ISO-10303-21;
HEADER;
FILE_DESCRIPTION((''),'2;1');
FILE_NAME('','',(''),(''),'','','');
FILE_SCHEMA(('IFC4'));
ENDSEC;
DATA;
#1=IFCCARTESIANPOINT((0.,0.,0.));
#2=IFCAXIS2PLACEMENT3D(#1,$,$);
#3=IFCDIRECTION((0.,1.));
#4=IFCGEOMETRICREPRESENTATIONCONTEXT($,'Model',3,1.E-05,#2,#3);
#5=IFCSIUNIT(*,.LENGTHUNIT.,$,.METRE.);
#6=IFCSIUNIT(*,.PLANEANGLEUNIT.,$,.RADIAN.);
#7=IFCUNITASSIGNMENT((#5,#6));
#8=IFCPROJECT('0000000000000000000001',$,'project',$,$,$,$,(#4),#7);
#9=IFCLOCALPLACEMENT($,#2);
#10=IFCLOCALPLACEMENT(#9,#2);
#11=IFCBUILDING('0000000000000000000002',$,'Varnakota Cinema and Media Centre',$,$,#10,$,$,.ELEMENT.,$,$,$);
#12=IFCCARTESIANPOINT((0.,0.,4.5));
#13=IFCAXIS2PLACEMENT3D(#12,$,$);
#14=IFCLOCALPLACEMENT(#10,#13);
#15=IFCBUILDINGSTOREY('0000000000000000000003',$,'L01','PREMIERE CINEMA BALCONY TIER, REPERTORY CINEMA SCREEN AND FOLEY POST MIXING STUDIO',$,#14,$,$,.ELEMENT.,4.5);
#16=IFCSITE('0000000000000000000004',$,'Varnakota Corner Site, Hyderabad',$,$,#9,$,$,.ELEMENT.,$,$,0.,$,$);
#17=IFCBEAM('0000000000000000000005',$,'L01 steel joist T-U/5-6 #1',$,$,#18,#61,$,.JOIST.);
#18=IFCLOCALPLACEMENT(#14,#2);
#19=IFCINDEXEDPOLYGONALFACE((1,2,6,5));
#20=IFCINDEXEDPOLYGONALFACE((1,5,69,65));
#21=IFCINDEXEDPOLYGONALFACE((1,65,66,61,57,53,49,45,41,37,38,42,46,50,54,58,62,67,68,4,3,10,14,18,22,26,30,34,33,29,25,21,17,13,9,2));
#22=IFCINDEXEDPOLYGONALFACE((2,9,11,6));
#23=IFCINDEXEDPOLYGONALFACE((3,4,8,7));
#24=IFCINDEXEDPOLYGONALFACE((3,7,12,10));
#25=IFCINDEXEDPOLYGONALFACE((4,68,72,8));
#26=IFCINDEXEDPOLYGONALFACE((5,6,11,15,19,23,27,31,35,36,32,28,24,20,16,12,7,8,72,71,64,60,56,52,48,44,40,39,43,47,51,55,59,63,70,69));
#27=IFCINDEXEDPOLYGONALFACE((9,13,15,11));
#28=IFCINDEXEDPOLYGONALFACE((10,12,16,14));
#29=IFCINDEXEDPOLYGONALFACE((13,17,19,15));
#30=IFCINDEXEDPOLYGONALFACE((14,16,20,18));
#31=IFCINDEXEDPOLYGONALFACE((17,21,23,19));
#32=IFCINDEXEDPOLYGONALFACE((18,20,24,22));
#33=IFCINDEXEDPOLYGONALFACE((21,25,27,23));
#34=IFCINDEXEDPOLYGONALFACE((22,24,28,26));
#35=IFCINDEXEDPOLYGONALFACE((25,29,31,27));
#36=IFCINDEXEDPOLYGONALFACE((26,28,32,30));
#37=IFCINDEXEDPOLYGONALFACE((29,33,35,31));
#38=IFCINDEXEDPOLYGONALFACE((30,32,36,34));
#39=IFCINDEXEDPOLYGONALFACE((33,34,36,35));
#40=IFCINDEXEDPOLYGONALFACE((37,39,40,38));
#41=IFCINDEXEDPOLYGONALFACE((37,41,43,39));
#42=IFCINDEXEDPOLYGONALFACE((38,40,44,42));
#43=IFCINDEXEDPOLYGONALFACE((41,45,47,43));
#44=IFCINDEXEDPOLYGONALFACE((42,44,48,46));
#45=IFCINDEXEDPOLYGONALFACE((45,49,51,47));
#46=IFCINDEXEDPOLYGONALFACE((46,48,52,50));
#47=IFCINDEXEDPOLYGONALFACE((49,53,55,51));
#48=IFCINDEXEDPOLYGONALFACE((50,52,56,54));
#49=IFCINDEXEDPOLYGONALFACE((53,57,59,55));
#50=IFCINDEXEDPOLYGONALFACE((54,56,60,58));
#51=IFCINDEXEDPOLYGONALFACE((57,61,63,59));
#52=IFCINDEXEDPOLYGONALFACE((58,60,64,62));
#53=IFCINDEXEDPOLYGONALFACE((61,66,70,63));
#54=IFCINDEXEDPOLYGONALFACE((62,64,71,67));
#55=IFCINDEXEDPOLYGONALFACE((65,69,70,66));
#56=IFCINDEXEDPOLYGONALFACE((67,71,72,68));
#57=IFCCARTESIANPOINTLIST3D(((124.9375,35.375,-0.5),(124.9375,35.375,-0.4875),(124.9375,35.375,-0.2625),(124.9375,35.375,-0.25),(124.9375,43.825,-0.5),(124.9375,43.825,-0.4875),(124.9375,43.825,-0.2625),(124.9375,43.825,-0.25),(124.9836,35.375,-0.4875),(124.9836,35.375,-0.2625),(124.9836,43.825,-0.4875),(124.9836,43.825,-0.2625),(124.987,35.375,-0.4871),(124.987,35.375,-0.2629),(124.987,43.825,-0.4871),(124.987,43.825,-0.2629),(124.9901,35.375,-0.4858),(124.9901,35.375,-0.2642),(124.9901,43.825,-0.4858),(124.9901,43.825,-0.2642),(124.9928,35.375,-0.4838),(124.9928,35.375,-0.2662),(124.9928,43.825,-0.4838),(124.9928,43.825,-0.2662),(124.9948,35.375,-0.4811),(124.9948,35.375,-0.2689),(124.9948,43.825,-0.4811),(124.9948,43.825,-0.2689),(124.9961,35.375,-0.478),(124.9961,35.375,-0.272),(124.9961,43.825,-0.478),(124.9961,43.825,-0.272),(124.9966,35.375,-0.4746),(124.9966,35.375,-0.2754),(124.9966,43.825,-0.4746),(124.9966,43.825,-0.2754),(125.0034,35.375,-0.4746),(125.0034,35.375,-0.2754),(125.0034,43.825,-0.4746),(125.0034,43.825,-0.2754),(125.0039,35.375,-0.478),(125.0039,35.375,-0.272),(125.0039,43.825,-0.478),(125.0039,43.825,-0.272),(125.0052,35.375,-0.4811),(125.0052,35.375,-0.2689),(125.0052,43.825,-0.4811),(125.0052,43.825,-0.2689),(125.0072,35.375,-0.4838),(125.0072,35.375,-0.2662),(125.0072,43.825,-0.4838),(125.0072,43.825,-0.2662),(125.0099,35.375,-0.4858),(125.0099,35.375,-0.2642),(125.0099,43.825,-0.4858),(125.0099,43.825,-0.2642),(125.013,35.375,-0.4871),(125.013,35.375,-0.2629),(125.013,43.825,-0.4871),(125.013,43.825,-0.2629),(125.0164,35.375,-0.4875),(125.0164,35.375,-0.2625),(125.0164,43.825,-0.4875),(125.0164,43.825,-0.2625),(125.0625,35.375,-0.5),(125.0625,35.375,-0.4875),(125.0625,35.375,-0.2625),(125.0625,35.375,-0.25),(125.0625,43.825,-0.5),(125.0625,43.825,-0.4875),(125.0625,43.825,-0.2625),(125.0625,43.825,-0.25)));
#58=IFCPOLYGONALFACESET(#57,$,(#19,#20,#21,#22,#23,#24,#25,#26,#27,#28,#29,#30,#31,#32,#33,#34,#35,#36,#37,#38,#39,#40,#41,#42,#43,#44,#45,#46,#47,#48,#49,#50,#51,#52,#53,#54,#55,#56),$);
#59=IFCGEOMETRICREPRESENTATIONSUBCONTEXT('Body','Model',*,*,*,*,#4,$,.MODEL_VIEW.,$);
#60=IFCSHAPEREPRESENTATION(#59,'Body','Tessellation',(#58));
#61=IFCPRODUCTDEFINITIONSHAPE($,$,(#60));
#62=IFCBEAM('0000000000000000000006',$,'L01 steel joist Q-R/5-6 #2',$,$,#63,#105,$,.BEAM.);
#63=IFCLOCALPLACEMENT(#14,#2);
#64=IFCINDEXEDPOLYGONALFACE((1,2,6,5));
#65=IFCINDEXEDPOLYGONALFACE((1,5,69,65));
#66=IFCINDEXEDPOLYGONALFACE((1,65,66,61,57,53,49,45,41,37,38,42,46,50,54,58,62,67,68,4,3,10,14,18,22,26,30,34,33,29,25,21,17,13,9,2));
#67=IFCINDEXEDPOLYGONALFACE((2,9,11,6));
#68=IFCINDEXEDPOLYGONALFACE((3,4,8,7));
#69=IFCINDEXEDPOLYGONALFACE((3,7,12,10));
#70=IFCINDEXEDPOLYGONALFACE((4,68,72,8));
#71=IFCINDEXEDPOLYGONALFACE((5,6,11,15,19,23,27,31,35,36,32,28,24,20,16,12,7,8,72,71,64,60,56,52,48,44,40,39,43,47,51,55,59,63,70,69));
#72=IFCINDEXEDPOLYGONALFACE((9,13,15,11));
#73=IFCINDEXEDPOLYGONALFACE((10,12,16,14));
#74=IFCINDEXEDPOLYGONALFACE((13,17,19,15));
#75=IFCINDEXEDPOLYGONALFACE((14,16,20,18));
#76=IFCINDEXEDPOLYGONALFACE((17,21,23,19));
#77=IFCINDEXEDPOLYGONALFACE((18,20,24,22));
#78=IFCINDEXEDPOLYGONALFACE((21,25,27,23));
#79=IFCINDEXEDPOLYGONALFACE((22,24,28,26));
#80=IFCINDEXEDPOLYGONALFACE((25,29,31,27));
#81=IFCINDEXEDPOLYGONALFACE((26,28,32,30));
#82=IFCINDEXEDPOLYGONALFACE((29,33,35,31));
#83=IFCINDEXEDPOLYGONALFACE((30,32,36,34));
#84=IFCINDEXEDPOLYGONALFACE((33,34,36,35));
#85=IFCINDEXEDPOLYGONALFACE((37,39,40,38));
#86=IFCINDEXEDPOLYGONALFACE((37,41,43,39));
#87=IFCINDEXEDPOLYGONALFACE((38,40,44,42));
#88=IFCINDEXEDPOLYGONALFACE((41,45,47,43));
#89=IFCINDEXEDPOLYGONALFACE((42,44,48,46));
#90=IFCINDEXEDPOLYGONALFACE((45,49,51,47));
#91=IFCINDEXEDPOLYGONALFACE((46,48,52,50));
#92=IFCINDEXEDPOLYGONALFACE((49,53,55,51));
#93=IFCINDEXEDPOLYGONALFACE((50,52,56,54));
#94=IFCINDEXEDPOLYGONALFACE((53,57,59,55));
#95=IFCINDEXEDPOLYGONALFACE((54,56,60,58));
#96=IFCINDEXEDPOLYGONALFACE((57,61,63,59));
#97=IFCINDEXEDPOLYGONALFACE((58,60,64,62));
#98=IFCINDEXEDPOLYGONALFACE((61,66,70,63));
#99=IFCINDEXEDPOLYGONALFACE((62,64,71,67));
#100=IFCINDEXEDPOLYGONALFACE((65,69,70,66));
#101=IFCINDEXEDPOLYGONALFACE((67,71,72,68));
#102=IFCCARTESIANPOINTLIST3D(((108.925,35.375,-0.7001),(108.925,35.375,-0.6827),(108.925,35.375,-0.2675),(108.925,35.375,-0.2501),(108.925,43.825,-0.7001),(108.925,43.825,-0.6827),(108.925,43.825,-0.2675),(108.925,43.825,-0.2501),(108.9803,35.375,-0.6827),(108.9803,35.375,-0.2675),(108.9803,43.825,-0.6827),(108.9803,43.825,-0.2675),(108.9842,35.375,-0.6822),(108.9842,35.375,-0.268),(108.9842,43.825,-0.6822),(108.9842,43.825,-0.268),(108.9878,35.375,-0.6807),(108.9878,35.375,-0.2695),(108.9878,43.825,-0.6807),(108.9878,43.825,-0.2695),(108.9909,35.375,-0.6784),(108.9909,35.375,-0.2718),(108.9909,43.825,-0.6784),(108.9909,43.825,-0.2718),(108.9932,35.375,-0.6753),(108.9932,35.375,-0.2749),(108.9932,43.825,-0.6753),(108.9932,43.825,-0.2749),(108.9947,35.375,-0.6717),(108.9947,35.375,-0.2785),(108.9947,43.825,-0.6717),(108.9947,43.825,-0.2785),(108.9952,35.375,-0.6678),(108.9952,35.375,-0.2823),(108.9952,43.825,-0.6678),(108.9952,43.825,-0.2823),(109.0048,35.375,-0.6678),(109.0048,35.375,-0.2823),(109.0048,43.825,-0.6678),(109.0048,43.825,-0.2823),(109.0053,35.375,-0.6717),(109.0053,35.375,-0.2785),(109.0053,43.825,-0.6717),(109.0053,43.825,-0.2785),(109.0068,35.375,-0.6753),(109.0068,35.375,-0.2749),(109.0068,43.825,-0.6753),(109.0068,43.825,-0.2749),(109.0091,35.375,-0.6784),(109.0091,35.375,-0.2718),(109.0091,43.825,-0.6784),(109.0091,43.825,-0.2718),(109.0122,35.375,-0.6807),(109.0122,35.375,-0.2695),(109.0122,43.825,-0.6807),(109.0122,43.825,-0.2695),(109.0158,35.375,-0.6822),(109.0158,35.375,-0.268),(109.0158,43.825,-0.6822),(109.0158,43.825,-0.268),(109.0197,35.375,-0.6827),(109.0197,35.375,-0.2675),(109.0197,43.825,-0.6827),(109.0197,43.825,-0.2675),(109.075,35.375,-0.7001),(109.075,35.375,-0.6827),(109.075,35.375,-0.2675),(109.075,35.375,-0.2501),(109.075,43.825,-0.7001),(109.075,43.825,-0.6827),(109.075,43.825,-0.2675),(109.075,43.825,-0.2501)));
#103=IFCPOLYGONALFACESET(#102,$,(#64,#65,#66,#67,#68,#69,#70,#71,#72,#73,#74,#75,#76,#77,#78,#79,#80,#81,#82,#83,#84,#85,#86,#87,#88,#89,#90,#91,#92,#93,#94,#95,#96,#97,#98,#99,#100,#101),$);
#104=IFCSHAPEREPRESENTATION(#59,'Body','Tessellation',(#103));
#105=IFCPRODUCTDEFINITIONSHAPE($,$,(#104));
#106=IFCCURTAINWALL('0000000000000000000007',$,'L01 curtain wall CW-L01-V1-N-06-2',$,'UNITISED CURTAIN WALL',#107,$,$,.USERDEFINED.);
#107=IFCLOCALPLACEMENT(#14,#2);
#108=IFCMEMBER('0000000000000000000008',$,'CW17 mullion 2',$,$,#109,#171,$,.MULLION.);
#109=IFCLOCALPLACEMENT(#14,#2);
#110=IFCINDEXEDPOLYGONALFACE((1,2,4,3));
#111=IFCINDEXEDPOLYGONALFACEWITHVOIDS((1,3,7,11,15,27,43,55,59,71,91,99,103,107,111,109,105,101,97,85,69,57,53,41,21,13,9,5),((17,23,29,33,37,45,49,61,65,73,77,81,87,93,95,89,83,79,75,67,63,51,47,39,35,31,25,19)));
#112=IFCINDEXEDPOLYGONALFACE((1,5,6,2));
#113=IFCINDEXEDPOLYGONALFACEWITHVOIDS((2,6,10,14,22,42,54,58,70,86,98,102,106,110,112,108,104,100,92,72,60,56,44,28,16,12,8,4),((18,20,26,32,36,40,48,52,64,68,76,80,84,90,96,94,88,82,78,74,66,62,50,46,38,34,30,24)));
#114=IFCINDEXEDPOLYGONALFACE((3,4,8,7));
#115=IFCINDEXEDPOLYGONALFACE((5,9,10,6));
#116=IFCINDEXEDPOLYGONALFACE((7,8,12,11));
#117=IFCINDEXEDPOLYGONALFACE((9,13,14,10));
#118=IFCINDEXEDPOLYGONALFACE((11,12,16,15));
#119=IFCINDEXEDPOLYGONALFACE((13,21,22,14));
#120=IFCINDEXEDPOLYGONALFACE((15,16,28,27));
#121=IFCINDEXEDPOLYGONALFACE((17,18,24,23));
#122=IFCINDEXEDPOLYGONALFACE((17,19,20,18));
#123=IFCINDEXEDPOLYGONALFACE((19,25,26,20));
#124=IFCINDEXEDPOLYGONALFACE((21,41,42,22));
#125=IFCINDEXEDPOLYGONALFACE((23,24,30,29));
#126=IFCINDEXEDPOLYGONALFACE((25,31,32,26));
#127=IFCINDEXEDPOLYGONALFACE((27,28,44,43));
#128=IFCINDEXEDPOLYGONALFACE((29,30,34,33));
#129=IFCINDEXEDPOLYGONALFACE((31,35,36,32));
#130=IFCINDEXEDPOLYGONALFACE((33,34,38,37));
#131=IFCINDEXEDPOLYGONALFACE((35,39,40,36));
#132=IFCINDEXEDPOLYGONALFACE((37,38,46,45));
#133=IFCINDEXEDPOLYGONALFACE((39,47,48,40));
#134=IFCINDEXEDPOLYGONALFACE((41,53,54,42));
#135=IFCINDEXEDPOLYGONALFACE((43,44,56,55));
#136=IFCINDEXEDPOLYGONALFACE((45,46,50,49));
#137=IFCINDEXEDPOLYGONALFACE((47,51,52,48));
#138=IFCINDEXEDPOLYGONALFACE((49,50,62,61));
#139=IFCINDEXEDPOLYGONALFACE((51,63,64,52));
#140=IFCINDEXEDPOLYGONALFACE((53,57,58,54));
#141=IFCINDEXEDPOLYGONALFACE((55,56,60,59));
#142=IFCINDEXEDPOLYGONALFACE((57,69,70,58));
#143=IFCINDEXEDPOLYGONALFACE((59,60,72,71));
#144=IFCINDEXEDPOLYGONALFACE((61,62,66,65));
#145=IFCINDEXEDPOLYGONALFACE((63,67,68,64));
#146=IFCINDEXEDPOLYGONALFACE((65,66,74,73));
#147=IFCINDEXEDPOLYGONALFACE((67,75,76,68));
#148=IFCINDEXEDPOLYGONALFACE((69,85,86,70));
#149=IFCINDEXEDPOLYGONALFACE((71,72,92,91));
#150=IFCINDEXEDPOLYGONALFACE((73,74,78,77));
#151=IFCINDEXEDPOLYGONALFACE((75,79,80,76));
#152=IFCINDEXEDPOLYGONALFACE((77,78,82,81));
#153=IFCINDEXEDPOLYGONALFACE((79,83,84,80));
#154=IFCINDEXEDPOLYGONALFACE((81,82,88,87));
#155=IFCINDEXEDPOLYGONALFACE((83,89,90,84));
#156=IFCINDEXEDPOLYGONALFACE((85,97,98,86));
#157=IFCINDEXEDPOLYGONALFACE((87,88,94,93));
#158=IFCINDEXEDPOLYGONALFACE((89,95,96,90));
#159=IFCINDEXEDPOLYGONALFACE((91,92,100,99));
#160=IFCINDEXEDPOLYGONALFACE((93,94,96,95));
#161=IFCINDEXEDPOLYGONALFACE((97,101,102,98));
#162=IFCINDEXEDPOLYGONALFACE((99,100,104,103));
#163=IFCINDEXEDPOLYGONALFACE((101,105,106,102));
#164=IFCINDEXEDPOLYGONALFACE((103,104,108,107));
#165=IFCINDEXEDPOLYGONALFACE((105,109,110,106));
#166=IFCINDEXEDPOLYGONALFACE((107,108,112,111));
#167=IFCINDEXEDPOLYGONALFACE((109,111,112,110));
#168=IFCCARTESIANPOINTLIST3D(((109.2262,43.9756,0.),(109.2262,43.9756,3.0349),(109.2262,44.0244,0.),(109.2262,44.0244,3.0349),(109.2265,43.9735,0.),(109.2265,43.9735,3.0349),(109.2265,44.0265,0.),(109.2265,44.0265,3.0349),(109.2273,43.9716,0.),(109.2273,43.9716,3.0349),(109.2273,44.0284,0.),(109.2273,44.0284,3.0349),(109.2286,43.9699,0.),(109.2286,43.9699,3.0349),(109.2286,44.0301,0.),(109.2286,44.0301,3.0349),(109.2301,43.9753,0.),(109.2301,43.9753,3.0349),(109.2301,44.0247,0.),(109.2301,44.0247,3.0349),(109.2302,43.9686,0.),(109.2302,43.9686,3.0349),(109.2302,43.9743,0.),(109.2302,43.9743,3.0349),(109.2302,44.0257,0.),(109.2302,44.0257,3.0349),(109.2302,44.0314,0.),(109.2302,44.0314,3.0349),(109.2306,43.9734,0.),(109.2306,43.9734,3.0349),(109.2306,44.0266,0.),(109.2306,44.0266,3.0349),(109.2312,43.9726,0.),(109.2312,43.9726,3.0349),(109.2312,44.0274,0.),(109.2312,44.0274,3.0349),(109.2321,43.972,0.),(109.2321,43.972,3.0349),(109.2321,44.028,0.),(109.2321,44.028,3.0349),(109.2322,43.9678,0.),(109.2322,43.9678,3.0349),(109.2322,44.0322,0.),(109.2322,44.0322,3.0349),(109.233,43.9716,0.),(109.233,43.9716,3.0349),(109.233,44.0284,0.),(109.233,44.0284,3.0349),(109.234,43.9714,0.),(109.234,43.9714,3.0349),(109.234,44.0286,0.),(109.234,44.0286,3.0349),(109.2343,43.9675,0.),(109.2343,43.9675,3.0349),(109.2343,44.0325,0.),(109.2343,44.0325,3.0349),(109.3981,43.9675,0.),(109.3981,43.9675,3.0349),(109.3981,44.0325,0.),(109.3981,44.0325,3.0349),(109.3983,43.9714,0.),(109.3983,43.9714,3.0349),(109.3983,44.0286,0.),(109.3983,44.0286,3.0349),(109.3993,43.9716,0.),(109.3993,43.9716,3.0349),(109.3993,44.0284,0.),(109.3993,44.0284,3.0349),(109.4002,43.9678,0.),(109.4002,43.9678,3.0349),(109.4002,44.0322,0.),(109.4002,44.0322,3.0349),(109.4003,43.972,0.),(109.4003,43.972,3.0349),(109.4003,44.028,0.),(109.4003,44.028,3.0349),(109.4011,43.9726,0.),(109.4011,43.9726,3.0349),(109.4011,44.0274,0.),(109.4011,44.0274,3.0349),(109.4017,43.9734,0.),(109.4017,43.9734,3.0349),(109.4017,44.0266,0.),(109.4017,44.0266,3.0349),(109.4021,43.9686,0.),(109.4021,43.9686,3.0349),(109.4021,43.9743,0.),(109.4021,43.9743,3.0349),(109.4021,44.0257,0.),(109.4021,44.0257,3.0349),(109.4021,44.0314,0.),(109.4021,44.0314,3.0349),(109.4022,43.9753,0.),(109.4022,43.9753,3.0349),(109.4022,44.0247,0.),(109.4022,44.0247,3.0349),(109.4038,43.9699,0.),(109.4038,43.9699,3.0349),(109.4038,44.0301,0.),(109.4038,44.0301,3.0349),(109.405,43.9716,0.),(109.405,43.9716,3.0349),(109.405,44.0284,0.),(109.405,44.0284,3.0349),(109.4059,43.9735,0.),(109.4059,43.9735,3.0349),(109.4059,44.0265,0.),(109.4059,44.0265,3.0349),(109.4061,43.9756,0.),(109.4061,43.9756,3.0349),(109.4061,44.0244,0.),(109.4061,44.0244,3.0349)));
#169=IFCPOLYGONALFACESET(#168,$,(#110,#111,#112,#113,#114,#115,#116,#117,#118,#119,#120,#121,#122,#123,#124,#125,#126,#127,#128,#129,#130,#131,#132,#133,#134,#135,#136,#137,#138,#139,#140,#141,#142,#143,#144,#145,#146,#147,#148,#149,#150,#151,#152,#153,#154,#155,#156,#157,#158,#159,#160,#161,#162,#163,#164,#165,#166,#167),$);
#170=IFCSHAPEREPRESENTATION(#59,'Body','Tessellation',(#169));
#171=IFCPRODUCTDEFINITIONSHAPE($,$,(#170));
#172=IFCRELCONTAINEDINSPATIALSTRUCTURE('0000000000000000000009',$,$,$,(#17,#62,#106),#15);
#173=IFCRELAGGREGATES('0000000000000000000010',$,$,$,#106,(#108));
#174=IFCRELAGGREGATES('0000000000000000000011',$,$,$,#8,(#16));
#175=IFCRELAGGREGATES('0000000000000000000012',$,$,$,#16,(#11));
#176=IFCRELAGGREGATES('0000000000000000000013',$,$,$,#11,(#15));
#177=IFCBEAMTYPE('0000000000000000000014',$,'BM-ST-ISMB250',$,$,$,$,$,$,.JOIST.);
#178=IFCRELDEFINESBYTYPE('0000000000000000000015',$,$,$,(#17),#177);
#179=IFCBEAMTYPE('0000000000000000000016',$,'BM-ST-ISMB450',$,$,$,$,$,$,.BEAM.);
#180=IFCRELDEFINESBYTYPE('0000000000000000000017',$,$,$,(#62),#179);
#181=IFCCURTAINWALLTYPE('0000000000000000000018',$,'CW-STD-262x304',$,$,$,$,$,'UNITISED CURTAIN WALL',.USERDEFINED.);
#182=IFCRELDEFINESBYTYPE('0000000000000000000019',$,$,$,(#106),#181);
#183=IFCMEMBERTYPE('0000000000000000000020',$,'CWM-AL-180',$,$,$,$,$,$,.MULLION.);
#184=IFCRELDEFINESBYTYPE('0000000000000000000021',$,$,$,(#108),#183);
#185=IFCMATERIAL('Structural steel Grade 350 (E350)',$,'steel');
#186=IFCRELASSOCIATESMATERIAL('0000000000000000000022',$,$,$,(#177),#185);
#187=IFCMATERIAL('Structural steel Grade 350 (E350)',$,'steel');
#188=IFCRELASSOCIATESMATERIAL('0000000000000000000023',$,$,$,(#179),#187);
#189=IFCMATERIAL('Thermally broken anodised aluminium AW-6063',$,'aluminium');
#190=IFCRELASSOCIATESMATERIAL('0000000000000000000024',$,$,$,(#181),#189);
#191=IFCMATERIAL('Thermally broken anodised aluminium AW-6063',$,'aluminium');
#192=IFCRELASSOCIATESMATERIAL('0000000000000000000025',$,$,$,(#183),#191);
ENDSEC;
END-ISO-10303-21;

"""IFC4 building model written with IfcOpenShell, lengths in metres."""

from ifc_helpers import new_model, si_unit, direction, frame, origin, origin_2d, place, context, subcontext, project, spatial, hollow_rectangle, i_section, extrude, material, material_profile, profile_set, type_object, element, aggregate, save


model = new_model("IFC4")

# Units and contexts
model_context = context("Model", 3, precision=1e-05, world=origin(), true_north=direction((0.0, 1.0)))
body_context = subcontext(model_context, "Body", "Model", "MODEL_VIEW")
ifc_project = project(units=[si_unit("LENGTHUNIT", "METRE"), si_unit("PLANEANGLEUNIT", "RADIAN")], contexts=[model_context])

# Site, building, storey
site_placement = place(None, origin())
site = spatial("IfcSite", under=ifc_project, at=site_placement, Name="Varnakota Corner Site, Hyderabad", CompositionType="ELEMENT", RefElevation=0.0)
building_placement = place(site_placement, origin())
building = spatial("IfcBuilding", under=site, at=building_placement, Name="Varnakota Cinema and Media Centre", CompositionType="ELEMENT")
storey_placement = place(building_placement, frame((0.0, 0.0, 4.5)))
storey = spatial("IfcBuildingStorey", under=building, at=storey_placement, Name="L01", Description="PREMIERE CINEMA BALCONY TIER, REPERTORY CINEMA SCREEN AND FOLEY POST MIXING STUDIO", CompositionType="ELEMENT", Elevation=4.5)

# Beams
ifc_material_1 = material(Name="Structural steel Grade 350 (E350)", Category="steel")
ifc_material_profile_1 = material_profile(ifc_material_1, i_section(OverallWidth=0.125, OverallDepth=0.25, WebThickness=0.0068, FlangeThickness=0.0125, FilletRadius=0.0129, at=origin_2d()), Name="ISMB 250")
ifc_profile_set_1 = profile_set([ifc_material_profile_1], Name="Structural steel Grade 350 (E350)")
beam_type_1 = type_object("IfcBeamType", Name="BM-ST-ISMB250", PredefinedType="JOIST", material=ifc_profile_set_1)
beam_1_placement = place(storey_placement, frame((125.0, 35.375, -0.375), z_axis=(0.0, 1.0, 0.0), x_axis=(-1.0, 0.0, 0.0)))
element("IfcBeam", 1, at=beam_1_placement, inside=storey, type_object=beam_type_1, Name="L01 steel joist T-U/5-6 #1", PredefinedType="JOIST", context=body_context, shape_type="SweptSolid", body=[
    extrude(i_section(OverallWidth=0.125, OverallDepth=0.25, WebThickness=0.0068, FlangeThickness=0.0125, FilletRadius=0.0129, at=origin_2d()), origin(), (0.0, 0.0, 1.0), 8.45),
])
ifc_material_2 = material(Name="Structural steel Grade 350 (E350)", Category="steel")
ifc_material_profile_2 = material_profile(ifc_material_2, i_section(OverallWidth=0.1499, OverallDepth=0.45, WebThickness=0.0095, FlangeThickness=0.0173, FilletRadius=0.0149, at=origin_2d()), Name="ISMB 450")
ifc_profile_set_2 = profile_set([ifc_material_profile_2], Name="Structural steel Grade 350 (E350)")
beam_type_2 = type_object("IfcBeamType", Name="BM-ST-ISMB450", PredefinedType="BEAM", material=ifc_profile_set_2)
beam_2_placement = place(storey_placement, frame((109.0, 35.375, -0.4751), z_axis=(0.0, 1.0, 0.0), x_axis=(-1.0, 0.0, 0.0)))
element("IfcBeam", 2, at=beam_2_placement, inside=storey, type_object=beam_type_2, Name="L01 steel joist Q-R/5-6 #2", PredefinedType="BEAM", context=body_context, shape_type="SweptSolid", body=[
    extrude(i_section(OverallWidth=0.1499, OverallDepth=0.45, WebThickness=0.0095, FlangeThickness=0.0173, FilletRadius=0.0149, at=origin_2d()), origin(), (0.0, 0.0, 1.0), 8.45),
])

# Curtain wall, member
ifc_material_3 = material(Name="Thermally broken anodised aluminium AW-6063", Category="aluminium")
curtain_wall_type = type_object("IfcCurtainWallType", Name="CW-STD-262x304", ElementType="UNITISED CURTAIN WALL", PredefinedType="USERDEFINED", material=ifc_material_3)
curtain_wall_placement = place(storey_placement, origin())
curtain_wall = element("IfcCurtainWall", 3, at=curtain_wall_placement, inside=storey, type_object=curtain_wall_type, Name="L01 curtain wall CW-L01-V1-N-06-2", ObjectType="UNITISED CURTAIN WALL", PredefinedType="USERDEFINED")
ifc_material_4 = material(Name="Thermally broken anodised aluminium AW-6063", Category="aluminium")
ifc_material_profile_3 = material_profile(ifc_material_4, hollow_rectangle(XDim=0.0649, YDim=0.1799, WallThickness=0.0039, InnerFilletRadius=0.0039, OuterFilletRadius=0.0081, at=origin_2d()), Name="AL-MULLION 180x65x4")
ifc_profile_set_3 = profile_set([ifc_material_profile_3], Name="Thermally broken anodised aluminium AW-6063")
member_type_1 = type_object("IfcMemberType", Name="CWM-AL-180", PredefinedType="MULLION", material=ifc_profile_set_3)
member_1_placement = place(storey_placement, frame((109.3162, 44.0, 0.0), z_axis=(0.0, 0.0, 1.0), x_axis=(0.0, 1.0, 0.0)))
member_1 = element("IfcMember", 4, at=member_1_placement, type_object=member_type_1, Name="CW17 mullion 2", PredefinedType="MULLION", context=body_context, shape_type="SweptSolid", body=[
    extrude(hollow_rectangle(XDim=0.0649, YDim=0.1799, WallThickness=0.0039, InnerFilletRadius=0.0039, OuterFilletRadius=0.0081, at=origin_2d()), origin(), (0.0, 0.0, 1.0), 3.0349),
])
aggregate(curtain_wall, [member_1])

save(model, "model.ifc")
